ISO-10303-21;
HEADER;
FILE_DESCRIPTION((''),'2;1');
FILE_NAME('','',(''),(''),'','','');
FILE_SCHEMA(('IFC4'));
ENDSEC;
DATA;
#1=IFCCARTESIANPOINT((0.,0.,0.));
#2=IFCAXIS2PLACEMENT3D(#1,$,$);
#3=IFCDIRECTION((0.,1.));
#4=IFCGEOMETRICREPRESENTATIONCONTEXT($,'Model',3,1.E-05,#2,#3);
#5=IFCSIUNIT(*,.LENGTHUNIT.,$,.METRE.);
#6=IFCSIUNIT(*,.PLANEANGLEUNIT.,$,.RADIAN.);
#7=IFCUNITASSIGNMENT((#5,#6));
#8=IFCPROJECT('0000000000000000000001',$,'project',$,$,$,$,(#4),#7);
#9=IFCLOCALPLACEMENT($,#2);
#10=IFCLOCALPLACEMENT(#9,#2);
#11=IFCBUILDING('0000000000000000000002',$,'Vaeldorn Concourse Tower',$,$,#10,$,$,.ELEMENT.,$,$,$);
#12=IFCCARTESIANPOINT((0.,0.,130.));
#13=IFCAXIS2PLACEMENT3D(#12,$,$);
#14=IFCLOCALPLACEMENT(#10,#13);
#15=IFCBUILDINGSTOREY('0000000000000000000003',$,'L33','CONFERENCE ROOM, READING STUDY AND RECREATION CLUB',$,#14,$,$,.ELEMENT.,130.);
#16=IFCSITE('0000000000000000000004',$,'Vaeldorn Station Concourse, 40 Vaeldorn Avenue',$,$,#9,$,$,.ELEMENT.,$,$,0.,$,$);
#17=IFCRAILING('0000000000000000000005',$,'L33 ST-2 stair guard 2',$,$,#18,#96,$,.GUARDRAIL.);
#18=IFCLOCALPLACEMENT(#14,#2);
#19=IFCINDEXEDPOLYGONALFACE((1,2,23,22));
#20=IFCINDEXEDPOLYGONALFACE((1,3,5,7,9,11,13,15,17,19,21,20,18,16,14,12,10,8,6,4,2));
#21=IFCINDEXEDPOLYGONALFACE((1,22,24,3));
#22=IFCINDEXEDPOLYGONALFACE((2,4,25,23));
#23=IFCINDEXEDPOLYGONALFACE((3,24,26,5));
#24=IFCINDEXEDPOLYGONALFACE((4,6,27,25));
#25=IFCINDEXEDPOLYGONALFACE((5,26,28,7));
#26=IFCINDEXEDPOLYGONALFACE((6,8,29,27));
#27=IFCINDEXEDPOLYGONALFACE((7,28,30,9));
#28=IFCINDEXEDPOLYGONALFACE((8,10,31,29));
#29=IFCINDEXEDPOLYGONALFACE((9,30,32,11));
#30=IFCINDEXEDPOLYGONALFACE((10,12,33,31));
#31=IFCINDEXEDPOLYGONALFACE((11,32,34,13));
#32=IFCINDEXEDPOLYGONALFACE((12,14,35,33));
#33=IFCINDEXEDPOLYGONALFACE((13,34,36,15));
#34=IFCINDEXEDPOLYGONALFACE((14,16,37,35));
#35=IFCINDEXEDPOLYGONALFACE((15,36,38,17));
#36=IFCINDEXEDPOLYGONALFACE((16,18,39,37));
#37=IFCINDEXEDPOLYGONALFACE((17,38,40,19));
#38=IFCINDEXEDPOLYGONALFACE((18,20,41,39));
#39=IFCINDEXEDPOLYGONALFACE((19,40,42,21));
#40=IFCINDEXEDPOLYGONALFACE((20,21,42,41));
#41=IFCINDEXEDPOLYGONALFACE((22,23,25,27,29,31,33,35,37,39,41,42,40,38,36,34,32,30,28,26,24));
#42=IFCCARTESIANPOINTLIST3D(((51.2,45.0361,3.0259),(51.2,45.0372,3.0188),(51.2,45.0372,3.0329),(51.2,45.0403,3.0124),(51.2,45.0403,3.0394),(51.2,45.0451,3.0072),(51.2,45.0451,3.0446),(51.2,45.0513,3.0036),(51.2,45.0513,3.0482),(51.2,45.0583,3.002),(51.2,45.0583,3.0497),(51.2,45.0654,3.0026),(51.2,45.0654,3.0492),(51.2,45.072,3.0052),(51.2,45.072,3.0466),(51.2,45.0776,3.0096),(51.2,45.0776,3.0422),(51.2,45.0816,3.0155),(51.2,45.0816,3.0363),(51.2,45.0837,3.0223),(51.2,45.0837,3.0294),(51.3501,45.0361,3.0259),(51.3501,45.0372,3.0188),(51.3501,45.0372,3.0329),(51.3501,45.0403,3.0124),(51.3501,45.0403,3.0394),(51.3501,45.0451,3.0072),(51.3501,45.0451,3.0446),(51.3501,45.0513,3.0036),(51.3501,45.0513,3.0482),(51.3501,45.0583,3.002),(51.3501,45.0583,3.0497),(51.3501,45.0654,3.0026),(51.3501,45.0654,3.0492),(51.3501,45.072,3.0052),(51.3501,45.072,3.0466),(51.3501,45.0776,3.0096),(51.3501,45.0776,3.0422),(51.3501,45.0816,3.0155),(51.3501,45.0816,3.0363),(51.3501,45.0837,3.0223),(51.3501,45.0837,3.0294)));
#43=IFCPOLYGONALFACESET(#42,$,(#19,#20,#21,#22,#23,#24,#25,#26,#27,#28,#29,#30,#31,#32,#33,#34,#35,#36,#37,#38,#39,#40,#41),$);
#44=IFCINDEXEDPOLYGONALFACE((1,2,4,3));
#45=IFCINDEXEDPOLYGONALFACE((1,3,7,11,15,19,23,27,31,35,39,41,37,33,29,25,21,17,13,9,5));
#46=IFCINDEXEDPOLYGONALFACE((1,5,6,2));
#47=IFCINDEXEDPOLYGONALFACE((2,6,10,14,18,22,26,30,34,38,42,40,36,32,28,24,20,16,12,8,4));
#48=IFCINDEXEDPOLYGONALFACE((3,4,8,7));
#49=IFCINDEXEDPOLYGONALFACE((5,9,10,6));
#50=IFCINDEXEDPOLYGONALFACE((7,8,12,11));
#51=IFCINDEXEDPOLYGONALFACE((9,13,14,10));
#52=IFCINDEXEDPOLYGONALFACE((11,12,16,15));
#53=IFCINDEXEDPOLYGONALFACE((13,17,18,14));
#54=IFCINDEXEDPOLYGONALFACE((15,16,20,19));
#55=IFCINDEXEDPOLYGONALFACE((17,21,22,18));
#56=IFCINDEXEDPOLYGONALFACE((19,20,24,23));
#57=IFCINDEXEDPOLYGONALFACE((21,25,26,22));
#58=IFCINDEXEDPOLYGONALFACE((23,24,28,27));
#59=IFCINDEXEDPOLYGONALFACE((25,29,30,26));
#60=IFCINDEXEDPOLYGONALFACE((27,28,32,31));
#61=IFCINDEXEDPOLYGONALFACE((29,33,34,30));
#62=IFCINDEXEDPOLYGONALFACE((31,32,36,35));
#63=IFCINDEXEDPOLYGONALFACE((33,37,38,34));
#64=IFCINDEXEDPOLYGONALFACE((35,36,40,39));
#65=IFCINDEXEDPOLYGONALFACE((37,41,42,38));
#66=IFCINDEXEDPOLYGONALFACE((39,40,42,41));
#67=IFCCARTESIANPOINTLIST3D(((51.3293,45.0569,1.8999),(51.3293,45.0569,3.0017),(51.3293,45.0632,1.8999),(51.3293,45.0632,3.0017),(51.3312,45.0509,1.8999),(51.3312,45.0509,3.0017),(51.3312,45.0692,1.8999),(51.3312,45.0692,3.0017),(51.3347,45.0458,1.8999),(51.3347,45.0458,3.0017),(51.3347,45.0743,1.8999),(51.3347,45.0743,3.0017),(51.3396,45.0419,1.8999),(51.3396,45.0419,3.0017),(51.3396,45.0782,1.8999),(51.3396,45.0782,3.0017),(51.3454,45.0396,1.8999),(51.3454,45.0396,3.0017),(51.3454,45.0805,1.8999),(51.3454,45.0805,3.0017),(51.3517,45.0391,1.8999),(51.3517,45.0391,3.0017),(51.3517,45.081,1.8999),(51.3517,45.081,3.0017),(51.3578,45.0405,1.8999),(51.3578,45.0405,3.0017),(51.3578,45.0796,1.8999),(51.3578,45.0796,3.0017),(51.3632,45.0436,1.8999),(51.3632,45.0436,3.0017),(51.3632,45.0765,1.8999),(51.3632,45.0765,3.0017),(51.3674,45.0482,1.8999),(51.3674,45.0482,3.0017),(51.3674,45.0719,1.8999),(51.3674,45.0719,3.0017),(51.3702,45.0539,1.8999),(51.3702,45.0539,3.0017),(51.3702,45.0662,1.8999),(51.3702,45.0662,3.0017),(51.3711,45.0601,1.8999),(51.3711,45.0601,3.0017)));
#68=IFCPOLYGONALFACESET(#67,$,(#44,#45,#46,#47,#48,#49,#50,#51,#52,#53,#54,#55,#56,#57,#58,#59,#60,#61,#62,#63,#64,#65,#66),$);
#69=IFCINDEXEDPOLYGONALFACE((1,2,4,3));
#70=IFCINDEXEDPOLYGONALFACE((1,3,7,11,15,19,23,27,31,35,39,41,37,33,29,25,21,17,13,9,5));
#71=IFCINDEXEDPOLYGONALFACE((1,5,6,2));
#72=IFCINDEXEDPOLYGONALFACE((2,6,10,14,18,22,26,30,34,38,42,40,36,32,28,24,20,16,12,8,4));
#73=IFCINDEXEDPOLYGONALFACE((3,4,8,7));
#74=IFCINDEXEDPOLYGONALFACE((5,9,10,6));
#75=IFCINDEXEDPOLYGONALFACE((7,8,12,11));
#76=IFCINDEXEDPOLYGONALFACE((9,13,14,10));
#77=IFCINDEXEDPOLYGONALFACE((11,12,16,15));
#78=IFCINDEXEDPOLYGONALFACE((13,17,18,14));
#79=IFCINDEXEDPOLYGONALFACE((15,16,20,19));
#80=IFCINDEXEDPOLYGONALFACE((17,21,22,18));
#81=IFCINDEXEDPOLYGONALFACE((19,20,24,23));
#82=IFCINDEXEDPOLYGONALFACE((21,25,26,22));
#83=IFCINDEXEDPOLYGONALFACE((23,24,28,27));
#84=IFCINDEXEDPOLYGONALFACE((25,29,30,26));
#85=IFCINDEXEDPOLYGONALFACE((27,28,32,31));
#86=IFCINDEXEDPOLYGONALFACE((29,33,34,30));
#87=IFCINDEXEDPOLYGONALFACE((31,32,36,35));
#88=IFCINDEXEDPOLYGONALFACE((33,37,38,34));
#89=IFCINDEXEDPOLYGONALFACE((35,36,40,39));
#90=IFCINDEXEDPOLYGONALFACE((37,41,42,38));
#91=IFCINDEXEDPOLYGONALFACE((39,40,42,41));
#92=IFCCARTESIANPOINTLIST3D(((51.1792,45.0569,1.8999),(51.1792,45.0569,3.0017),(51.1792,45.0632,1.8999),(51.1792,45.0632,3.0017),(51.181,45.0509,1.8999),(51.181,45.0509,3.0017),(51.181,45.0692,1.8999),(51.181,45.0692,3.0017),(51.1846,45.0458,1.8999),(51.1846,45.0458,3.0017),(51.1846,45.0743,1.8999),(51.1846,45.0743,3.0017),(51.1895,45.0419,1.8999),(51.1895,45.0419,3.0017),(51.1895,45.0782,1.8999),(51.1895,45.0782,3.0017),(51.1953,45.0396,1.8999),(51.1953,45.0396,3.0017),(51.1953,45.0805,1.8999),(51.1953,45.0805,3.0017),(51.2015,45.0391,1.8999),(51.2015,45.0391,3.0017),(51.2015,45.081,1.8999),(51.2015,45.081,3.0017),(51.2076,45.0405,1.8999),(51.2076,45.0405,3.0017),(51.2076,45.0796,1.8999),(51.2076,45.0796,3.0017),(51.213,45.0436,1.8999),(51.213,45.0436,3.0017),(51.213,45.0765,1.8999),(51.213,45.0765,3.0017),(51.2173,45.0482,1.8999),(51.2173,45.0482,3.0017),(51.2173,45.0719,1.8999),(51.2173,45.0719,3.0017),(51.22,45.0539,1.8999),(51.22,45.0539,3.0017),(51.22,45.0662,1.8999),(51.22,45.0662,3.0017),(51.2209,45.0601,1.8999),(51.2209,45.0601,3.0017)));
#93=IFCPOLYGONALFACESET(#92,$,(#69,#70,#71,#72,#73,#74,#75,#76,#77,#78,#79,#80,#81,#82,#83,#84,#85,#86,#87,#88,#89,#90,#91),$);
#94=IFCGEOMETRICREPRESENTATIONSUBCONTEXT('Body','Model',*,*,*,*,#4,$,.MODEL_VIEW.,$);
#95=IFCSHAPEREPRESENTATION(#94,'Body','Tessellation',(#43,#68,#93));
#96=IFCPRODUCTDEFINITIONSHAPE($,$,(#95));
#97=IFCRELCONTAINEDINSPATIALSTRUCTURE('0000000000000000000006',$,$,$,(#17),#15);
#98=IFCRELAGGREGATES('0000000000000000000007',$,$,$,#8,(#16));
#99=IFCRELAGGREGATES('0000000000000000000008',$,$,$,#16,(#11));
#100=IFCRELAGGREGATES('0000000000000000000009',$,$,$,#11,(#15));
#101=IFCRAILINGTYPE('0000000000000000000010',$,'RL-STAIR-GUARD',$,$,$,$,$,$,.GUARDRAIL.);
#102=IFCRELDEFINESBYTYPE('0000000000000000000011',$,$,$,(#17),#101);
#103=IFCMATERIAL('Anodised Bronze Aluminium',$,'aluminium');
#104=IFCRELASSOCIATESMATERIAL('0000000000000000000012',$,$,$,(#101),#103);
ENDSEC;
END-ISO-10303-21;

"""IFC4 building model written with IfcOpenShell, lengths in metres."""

from ifc_helpers import new_model, si_unit, direction, frame, origin, origin_2d, place, context, subcontext, project, spatial, circle, extrude, material, type_object, element, save


model = new_model("IFC4")

# Units and contexts
model_context = context("Model", 3, precision=1e-05, world=origin(), true_north=direction((0.0, 1.0)))
body_context = subcontext(model_context, "Body", "Model", "MODEL_VIEW")
ifc_project = project(units=[si_unit("LENGTHUNIT", "METRE"), si_unit("PLANEANGLEUNIT", "RADIAN")], contexts=[model_context])

# Site, building, storey
site_placement = place(None, origin())
site = spatial("IfcSite", under=ifc_project, at=site_placement, Name="Vaeldorn Station Concourse, 40 Vaeldorn Avenue", CompositionType="ELEMENT", RefElevation=0.0)
building_placement = place(site_placement, origin())
building = spatial("IfcBuilding", under=site, at=building_placement, Name="Vaeldorn Concourse Tower", CompositionType="ELEMENT")
storey_placement = place(building_placement, frame((0.0, 0.0, 130.0)))
storey = spatial("IfcBuildingStorey", under=building, at=storey_placement, Name="L33", Description="CONFERENCE ROOM, READING STUDY AND RECREATION CLUB", CompositionType="ELEMENT", Elevation=130.0)

# Shared definitions
ifc_material_1 = material(Name="Anodised Bronze Aluminium", Category="aluminium")

# Railing
railing_type_1 = type_object("IfcRailingType", Name="RL-STAIR-GUARD", PredefinedType="GUARDRAIL", material=ifc_material_1)
railing_1_placement = place(storey_placement, frame((51.3501, 45.0601, 1.8999)))
element("IfcRailing", 1, at=railing_1_placement, inside=storey, type_object=railing_type_1, Name="L33 ST-2 stair guard 2", PredefinedType="GUARDRAIL", context=body_context, shape_type="SweptSolid", body=[
    extrude(circle(Radius=0.0239, at=origin_2d()), frame((0.0, 0.0, 1.126), z_axis=(-1.0, 0.0, 0.0), x_axis=(0.0, -1.0, 0.0)), (0.0, 0.0, 1.0), 0.1501),
    extrude(circle(Radius=0.021, at=origin_2d()), origin(), (0.0, 0.0, 1.0), 1.1018),
    extrude(circle(Radius=0.021, at=origin_2d()), frame((-0.1501, 0.0, 0.0)), (0.0, 0.0, 1.0), 1.1018),
])

save(model, "model.ifc")
